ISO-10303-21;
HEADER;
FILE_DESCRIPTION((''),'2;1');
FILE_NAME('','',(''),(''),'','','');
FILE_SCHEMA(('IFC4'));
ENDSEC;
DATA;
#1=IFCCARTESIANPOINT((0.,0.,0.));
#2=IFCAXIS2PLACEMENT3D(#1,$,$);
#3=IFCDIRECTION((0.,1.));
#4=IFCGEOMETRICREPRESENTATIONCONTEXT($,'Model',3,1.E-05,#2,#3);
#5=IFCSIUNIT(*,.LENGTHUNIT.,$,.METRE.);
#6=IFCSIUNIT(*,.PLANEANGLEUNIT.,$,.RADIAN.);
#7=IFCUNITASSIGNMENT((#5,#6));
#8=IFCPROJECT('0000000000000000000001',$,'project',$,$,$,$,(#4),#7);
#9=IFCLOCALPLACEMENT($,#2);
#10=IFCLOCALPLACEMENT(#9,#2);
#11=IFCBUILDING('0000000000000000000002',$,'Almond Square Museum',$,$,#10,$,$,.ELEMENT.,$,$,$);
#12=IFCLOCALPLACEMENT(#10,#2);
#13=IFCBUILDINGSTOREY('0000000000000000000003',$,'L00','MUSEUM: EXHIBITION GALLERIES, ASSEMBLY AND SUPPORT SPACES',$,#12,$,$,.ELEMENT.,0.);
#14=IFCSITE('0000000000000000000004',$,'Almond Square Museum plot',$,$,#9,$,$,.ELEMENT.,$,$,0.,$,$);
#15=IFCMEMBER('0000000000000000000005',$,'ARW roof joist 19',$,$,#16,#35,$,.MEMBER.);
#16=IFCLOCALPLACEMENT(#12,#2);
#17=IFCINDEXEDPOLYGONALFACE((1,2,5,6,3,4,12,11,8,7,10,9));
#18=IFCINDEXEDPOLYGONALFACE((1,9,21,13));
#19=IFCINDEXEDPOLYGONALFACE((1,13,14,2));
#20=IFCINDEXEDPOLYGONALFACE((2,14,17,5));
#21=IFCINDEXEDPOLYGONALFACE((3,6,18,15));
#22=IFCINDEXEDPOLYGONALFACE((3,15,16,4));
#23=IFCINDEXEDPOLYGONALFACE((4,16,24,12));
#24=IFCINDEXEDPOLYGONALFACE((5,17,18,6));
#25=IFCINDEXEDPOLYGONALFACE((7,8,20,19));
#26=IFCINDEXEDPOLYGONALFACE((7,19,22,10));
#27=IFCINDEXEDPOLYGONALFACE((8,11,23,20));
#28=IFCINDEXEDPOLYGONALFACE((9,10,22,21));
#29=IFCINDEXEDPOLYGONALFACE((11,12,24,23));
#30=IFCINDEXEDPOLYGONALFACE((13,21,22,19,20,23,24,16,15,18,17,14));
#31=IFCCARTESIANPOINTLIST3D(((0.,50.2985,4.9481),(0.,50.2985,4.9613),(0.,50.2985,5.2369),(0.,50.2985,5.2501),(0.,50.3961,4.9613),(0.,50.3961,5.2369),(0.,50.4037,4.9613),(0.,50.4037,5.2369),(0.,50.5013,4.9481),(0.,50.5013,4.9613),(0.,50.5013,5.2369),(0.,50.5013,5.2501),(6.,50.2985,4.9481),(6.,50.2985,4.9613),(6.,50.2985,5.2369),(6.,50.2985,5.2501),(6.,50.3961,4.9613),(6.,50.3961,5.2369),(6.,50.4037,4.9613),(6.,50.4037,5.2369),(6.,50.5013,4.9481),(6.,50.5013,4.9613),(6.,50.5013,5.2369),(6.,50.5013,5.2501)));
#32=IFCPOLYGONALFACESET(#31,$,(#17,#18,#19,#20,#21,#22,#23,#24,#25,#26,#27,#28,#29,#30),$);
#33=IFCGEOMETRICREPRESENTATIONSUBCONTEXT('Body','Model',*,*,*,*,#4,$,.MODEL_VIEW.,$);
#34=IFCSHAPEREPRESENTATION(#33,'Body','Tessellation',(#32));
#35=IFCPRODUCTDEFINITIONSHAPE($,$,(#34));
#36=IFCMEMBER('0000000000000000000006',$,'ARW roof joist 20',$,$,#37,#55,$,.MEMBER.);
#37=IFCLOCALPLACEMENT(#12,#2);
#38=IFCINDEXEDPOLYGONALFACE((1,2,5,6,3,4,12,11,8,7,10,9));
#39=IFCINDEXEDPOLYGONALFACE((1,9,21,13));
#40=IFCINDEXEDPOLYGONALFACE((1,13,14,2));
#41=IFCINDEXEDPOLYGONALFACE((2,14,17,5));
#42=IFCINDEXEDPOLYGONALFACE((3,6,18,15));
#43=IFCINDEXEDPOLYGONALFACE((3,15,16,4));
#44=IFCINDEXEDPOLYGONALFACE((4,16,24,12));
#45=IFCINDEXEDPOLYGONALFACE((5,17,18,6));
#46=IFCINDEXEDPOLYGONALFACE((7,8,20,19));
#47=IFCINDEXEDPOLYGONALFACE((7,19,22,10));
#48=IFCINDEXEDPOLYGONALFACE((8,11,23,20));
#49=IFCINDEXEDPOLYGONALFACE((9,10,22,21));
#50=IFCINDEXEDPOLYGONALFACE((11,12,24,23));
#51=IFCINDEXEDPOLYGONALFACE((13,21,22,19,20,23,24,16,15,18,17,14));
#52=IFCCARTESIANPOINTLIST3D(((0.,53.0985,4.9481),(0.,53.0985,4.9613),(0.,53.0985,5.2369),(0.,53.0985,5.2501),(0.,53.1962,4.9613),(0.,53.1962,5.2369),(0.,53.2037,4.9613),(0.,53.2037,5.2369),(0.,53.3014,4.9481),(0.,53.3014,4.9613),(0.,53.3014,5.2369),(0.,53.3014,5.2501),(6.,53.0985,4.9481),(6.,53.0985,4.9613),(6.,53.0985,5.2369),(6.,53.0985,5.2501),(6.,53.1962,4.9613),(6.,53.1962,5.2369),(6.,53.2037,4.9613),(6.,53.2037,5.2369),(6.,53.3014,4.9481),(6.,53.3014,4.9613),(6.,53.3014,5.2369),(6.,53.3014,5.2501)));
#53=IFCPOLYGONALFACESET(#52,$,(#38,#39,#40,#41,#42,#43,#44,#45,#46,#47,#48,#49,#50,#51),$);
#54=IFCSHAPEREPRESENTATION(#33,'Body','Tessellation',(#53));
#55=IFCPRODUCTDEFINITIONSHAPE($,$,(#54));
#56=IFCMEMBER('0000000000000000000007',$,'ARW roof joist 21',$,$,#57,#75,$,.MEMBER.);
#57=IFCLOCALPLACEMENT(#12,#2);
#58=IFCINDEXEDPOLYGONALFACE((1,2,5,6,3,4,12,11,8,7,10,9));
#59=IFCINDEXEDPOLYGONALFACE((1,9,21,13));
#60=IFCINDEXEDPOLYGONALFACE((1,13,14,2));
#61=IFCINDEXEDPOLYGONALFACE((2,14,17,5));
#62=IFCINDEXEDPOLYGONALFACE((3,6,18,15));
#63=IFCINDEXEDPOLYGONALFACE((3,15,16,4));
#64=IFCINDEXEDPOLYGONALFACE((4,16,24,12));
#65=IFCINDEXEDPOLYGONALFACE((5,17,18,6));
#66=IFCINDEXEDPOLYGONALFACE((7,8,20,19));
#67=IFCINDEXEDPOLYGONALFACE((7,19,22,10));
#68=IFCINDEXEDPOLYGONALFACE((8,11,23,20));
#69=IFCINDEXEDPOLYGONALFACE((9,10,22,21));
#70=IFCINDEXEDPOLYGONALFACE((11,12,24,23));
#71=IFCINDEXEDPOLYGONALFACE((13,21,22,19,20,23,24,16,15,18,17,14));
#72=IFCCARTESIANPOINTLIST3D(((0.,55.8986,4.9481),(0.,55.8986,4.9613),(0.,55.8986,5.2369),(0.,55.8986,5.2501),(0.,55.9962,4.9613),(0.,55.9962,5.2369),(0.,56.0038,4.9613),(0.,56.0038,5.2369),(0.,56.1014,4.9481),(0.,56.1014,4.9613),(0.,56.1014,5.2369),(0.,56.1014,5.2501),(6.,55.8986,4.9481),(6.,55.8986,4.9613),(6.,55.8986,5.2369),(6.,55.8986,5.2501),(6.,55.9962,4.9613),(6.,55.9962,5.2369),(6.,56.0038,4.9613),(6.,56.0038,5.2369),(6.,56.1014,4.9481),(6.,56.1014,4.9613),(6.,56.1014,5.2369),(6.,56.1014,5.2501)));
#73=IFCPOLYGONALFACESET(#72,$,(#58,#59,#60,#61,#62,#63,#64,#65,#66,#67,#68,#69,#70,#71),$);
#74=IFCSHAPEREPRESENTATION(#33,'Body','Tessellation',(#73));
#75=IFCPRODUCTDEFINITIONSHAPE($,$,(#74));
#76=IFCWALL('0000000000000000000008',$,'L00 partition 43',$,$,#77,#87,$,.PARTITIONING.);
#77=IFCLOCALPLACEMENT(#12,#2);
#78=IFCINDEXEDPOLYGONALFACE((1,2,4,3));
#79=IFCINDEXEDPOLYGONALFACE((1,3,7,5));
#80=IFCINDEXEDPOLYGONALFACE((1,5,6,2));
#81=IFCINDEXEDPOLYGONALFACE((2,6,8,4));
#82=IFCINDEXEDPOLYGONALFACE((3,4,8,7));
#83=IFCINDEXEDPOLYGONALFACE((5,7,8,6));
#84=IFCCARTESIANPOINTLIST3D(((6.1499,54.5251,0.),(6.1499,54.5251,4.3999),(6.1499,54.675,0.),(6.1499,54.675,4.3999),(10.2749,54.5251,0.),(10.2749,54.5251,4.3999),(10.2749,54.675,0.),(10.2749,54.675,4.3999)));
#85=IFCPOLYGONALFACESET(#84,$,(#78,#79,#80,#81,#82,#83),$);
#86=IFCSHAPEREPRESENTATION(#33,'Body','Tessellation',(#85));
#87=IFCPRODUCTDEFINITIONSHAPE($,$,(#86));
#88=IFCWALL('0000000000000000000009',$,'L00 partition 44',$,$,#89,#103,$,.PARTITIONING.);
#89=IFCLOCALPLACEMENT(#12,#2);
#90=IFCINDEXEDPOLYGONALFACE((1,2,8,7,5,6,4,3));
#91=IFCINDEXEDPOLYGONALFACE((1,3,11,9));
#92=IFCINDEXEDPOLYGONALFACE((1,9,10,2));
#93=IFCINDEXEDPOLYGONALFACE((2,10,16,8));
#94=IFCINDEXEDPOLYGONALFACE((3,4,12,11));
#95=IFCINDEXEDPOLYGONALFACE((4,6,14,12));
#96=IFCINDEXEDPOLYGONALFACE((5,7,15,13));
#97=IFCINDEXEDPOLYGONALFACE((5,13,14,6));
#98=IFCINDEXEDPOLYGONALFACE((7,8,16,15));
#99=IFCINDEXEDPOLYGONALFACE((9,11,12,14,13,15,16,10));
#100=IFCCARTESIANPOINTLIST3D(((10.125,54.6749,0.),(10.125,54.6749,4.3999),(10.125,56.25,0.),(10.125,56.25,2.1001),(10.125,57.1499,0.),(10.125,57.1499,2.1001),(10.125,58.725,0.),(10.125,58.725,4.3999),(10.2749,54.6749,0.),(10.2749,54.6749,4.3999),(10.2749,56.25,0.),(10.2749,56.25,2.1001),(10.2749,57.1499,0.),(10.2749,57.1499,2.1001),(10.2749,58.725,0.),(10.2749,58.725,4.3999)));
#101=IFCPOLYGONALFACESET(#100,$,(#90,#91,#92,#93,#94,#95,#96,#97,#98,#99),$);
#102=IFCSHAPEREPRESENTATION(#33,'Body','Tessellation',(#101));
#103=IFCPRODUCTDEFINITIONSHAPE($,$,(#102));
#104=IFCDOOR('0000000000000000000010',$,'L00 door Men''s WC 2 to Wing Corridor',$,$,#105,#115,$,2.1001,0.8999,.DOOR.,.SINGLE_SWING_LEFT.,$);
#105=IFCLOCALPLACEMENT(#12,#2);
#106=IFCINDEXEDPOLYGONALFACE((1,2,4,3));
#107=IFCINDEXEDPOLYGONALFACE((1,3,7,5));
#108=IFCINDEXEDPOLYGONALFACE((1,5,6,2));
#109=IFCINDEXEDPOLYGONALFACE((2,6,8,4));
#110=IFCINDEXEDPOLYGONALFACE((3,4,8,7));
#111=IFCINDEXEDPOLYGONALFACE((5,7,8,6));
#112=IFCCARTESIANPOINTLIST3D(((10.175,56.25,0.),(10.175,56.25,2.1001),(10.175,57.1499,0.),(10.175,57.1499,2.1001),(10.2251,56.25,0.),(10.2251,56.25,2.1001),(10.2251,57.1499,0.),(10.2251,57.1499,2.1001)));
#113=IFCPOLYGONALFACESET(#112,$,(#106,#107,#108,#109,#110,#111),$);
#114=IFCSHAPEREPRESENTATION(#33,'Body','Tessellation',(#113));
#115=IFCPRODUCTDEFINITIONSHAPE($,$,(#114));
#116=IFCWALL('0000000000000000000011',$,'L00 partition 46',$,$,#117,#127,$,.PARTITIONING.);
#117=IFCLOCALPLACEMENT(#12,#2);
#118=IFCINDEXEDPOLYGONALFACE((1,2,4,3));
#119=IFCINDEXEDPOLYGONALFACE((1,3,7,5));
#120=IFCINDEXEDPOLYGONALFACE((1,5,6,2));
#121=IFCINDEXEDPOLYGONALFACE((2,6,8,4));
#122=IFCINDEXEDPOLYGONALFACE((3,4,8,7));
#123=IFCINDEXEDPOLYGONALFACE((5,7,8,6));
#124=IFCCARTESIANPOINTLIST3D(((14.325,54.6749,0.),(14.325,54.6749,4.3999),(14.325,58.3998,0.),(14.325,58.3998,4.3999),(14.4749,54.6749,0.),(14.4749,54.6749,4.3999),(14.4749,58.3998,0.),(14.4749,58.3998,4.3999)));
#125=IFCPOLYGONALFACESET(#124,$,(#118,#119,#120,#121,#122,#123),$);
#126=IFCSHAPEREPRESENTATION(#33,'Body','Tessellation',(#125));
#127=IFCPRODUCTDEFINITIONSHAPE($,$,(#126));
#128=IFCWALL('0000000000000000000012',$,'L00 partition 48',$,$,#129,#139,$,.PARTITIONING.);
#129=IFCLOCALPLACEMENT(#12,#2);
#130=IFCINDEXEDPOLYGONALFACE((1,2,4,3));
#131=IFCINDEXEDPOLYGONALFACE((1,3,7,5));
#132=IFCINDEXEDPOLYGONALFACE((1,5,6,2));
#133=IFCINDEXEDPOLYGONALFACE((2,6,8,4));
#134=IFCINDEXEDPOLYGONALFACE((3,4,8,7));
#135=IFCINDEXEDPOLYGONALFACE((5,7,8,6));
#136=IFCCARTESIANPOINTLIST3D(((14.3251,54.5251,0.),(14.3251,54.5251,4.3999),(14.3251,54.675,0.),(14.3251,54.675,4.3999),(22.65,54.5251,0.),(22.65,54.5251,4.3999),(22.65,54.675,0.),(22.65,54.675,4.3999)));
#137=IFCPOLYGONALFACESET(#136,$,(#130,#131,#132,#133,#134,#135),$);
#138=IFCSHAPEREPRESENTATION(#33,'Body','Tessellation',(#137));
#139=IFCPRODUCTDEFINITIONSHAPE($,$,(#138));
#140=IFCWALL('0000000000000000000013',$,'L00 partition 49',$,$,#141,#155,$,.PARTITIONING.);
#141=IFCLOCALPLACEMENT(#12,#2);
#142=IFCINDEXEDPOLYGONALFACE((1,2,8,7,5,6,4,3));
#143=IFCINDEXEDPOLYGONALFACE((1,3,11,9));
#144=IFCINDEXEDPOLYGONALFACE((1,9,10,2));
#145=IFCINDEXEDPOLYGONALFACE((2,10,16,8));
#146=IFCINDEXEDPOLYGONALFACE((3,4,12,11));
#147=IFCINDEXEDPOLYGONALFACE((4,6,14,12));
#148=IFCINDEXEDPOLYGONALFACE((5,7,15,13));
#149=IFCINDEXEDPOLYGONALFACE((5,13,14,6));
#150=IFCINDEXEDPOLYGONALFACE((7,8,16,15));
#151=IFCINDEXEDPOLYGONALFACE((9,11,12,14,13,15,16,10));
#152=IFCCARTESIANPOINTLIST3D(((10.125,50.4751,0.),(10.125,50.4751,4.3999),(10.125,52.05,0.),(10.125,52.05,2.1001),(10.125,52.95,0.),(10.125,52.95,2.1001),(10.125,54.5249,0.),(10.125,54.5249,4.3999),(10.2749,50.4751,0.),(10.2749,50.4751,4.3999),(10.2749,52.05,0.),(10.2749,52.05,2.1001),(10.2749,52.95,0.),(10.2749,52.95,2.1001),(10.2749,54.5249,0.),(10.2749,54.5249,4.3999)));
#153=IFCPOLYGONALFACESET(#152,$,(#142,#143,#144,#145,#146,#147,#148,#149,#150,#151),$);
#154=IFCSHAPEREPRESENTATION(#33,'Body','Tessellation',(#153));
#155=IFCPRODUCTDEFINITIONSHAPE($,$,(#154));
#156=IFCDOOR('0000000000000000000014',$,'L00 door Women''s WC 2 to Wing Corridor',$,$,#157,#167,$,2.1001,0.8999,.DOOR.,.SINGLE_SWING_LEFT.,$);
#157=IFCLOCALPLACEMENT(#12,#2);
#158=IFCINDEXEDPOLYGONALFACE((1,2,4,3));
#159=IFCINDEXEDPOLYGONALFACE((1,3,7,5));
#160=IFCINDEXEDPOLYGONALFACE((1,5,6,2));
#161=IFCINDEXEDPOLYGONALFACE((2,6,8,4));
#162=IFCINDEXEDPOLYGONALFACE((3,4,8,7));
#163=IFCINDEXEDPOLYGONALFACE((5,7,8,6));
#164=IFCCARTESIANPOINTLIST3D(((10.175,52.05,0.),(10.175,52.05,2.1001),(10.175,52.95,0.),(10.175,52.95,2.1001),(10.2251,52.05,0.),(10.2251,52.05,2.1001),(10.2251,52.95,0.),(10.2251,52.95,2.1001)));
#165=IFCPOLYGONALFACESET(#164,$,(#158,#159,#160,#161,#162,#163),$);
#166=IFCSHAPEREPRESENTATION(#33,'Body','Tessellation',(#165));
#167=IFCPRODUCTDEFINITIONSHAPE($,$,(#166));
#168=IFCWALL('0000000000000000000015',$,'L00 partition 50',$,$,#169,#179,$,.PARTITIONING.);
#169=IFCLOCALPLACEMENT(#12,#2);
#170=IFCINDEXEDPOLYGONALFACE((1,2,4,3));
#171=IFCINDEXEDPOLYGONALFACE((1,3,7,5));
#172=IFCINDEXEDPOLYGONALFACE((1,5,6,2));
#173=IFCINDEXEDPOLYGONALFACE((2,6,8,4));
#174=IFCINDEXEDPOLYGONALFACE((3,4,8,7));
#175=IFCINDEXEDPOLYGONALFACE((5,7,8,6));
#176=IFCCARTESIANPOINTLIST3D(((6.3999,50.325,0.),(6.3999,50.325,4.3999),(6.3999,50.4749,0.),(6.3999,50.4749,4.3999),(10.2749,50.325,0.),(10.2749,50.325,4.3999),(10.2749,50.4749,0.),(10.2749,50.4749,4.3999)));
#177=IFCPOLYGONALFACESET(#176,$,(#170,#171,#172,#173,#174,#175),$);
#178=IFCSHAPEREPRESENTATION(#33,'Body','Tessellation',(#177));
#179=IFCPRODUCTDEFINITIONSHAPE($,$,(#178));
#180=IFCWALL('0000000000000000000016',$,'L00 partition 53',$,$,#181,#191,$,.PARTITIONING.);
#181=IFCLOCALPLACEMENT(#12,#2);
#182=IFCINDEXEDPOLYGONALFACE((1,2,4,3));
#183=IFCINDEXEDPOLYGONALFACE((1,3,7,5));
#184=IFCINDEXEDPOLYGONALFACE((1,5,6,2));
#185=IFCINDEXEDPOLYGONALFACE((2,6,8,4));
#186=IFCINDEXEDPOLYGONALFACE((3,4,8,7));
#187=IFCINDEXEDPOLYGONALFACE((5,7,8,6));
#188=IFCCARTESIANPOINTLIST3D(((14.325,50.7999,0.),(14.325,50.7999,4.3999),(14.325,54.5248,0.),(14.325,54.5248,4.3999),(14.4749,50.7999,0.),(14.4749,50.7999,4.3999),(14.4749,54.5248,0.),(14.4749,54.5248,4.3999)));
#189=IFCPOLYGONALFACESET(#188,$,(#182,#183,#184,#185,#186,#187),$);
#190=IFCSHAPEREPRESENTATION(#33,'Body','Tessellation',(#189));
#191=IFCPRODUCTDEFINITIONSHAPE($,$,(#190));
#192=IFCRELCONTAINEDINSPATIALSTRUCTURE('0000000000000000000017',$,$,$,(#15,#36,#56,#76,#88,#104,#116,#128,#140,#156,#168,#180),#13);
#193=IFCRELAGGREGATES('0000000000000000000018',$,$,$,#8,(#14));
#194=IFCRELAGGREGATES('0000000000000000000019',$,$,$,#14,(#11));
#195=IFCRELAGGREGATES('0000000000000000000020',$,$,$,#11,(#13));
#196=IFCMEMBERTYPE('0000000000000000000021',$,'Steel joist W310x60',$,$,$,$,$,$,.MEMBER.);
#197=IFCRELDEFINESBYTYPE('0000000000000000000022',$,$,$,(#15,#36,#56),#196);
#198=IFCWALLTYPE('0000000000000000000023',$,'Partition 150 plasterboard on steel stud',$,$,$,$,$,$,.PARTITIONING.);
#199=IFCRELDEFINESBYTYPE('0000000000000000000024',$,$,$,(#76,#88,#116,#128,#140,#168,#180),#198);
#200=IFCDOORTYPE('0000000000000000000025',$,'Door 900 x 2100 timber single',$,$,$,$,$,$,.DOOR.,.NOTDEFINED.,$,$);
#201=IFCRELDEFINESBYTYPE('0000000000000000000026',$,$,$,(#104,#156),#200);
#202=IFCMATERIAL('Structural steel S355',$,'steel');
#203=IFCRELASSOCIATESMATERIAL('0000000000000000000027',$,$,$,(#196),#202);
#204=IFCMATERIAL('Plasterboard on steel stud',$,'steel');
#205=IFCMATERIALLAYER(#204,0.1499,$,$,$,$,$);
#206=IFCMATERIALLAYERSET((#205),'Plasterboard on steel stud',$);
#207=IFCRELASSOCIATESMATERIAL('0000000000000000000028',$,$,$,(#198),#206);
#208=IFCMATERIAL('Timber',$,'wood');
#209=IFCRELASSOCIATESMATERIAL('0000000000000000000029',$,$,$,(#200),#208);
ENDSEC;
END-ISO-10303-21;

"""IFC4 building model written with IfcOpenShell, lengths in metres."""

from ifc_helpers import new_model, si_unit, direction, frame, frame_2d, origin, origin_2d, place, context, subcontext, project, spatial, rectangle, i_section, extrude, material, layer, layer_set, material_profile, profile_set, type_object, element, fill, save


model = new_model("IFC4")

# Units and contexts
model_context = context("Model", 3, precision=1e-05, world=origin(), true_north=direction((0.0, 1.0)))
body_context = subcontext(model_context, "Body", "Model", "MODEL_VIEW")
ifc_project = project(units=[si_unit("LENGTHUNIT", "METRE"), si_unit("PLANEANGLEUNIT", "RADIAN")], contexts=[model_context])

# Site, building, storey
site_placement = place(None, origin())
site = spatial("IfcSite", under=ifc_project, at=site_placement, Name="Almond Square Museum plot", CompositionType="ELEMENT", RefElevation=0.0)
building_placement = place(site_placement, origin())
building = spatial("IfcBuilding", under=site, at=building_placement, Name="Almond Square Museum", CompositionType="ELEMENT")
storey_placement = place(building_placement, origin())
storey = spatial("IfcBuildingStorey", under=building, at=storey_placement, Name="L00", Description="MUSEUM: EXHIBITION GALLERIES, ASSEMBLY AND SUPPORT SPACES", CompositionType="ELEMENT", Elevation=0.0)

# Members
ifc_material_1 = material(Name="Structural steel S355", Category="steel")
ifc_material_profile_1 = material_profile(ifc_material_1, i_section(OverallWidth=0.2029, OverallDepth=0.302, WebThickness=0.0076, FlangeThickness=0.0132, at=origin_2d()))
ifc_profile_set_1 = profile_set([ifc_material_profile_1], Name="Structural steel S355")
member_type = type_object("IfcMemberType", Name="Steel joist W310x60", PredefinedType="MEMBER", material=ifc_profile_set_1)
for number, where, z_axis, x_axis, name in (
    (1, (6.0, 50.3999, 5.0991), (-1.0, 0.0, 0.0), (0.0, -1.0, 0.0), "ARW roof joist 19"),
    (2, (6.0, 53.2, 5.0991), (-1.0, 0.0, 0.0), (0.0, -1.0, 0.0), "ARW roof joist 20"),
    (3, (6.0, 56.0, 5.0991), (-1.0, 0.0, 0.0), (0.0, -1.0, 0.0), "ARW roof joist 21"),
):
    element("IfcMember", number, at=place(storey_placement, frame(where, z_axis=z_axis, x_axis=x_axis)), inside=storey, type_object=member_type, Name=name, PredefinedType="MEMBER", context=body_context, shape_type="SweptSolid", body=[
        extrude(i_section(OverallWidth=0.2029, OverallDepth=0.302, WebThickness=0.0076, FlangeThickness=0.0132, at=origin_2d()), origin(), (0.0, 0.0, 1.0), 6.0),
    ])

# Wall
ifc_material_2 = material(Name="Plasterboard on steel stud", Category="steel")
ifc_layer_1 = layer(ifc_material_2, 0.1499)
ifc_layer_set_1 = layer_set([ifc_layer_1], Name="Plasterboard on steel stud")
wall_type_1 = type_object("IfcWallType", Name="Partition 150 plasterboard on steel stud", PredefinedType="PARTITIONING", material=ifc_layer_set_1)
wall_1_placement = place(storey_placement, frame((6.1499, 54.6001, 0.0), z_axis=(0.0, 0.0, 1.0), x_axis=(1.0, 0.0, 0.0)))
element("IfcWall", 4, at=wall_1_placement, inside=storey, type_object=wall_type_1, Name="L00 partition 43", PredefinedType="PARTITIONING", context=body_context, shape_type="SweptSolid", body=[
    extrude(rectangle(XDim=4.125, YDim=0.1499, at=frame_2d((2.0625, 0.0))), origin(), (0.0, 0.0, 1.0), 4.3999),
])

# Wall, opening, door
wall_2_placement = place(storey_placement, frame((10.2, 54.675, 0.0), z_axis=(0.0, 0.0, 1.0), x_axis=(0.0, 1.0, 0.0)))
wall_2 = element("IfcWall", 5, at=wall_2_placement, inside=storey, type_object=wall_type_1, Name="L00 partition 44", PredefinedType="PARTITIONING", context=body_context, shape_type="SweptSolid", body=[
    extrude(rectangle(XDim=4.05, YDim=0.1499, at=frame_2d((2.0249, 0.0))), origin(), (0.0, 0.0, 1.0), 4.3999),
])
opening_1_placement = place(wall_2_placement, frame((1.575, 0.0, 0.0)))
opening_1 = element("IfcOpeningElement", 6, at=opening_1_placement, cuts=wall_2, PredefinedType="OPENING", context=body_context, shape_type="SweptSolid", body=[
    extrude(rectangle(XDim=0.8999, YDim=2.1001, at=frame_2d((0.45, 1.05))), frame((0.0, 0.085, 0.0), z_axis=(0.0, -1.0, 0.0), x_axis=(1.0, 0.0, 0.0)), (0.0, 0.0, 1.0), 0.1699),
])
ifc_material_3 = material(Name="Timber", Category="wood")
door_type = type_object("IfcDoorType", Name="Door 900 x 2100 timber single", OperationType="NOTDEFINED", PredefinedType="DOOR", material=ifc_material_3)
door_1_placement = place(opening_1_placement, origin())
door_1 = element("IfcDoor", 7, at=door_1_placement, inside=storey, type_object=door_type, Name="L00 door Men's WC 2 to Wing Corridor", OperationType="SINGLE_SWING_LEFT", OverallHeight=2.1001, OverallWidth=0.8999, PredefinedType="DOOR", context=body_context, shape_type="SweptSolid", body=[
    extrude(rectangle(XDim=0.8999, YDim=2.1001, at=frame_2d((0.45, 1.05))), frame((0.0, 0.0249, 0.0), z_axis=(0.0, -1.0, 0.0), x_axis=(1.0, 0.0, 0.0)), (0.0, 0.0, 1.0), 0.05),
])
fill(opening_1, door_1)

# Walls
wall_3_placement = place(storey_placement, frame((14.3999, 54.675, 0.0), z_axis=(0.0, 0.0, 1.0), x_axis=(0.0, 1.0, 0.0)))
element("IfcWall", 8, at=wall_3_placement, inside=storey, type_object=wall_type_1, Name="L00 partition 46", PredefinedType="PARTITIONING", context=body_context, shape_type="SweptSolid", body=[
    extrude(rectangle(XDim=3.7249, YDim=0.1499, at=frame_2d((1.8623, 0.0))), origin(), (0.0, 0.0, 1.0), 4.3999),
])
wall_4_placement = place(storey_placement, frame((14.325, 54.6001, 0.0), z_axis=(0.0, 0.0, 1.0), x_axis=(1.0, 0.0, 0.0)))
element("IfcWall", 9, at=wall_4_placement, inside=storey, type_object=wall_type_1, Name="L00 partition 48", PredefinedType="PARTITIONING", context=body_context, shape_type="SweptSolid", body=[
    extrude(rectangle(XDim=8.325, YDim=0.1499, at=frame_2d((4.1626, 0.0))), origin(), (0.0, 0.0, 1.0), 4.3999),
])

# Wall, opening, door
wall_5_placement = place(storey_placement, frame((10.2, 50.4751, 0.0), z_axis=(0.0, 0.0, 1.0), x_axis=(0.0, 1.0, 0.0)))
wall_5 = element("IfcWall", 10, at=wall_5_placement, inside=storey, type_object=wall_type_1, Name="L00 partition 49", PredefinedType="PARTITIONING", context=body_context, shape_type="SweptSolid", body=[
    extrude(rectangle(XDim=4.0498, YDim=0.1499, at=frame_2d((2.0249, 0.0))), origin(), (0.0, 0.0, 1.0), 4.3999),
])
opening_2_placement = place(wall_5_placement, frame((1.575, 0.0, 0.0)))
opening_2 = element("IfcOpeningElement", 11, at=opening_2_placement, cuts=wall_5, PredefinedType="OPENING", context=body_context, shape_type="SweptSolid", body=[
    extrude(rectangle(XDim=0.8999, YDim=2.1001, at=frame_2d((0.45, 1.05))), frame((0.0, 0.085, 0.0), z_axis=(0.0, -1.0, 0.0), x_axis=(1.0, 0.0, 0.0)), (0.0, 0.0, 1.0), 0.1699),
])
door_2_placement = place(opening_2_placement, origin())
door_2 = element("IfcDoor", 12, at=door_2_placement, inside=storey, type_object=door_type, Name="L00 door Women's WC 2 to Wing Corridor", OperationType="SINGLE_SWING_LEFT", OverallHeight=2.1001, OverallWidth=0.8999, PredefinedType="DOOR", context=body_context, shape_type="SweptSolid", body=[
    extrude(rectangle(XDim=0.8999, YDim=2.1001, at=frame_2d((0.45, 1.05))), frame((0.0, 0.0249, 0.0), z_axis=(0.0, -1.0, 0.0), x_axis=(1.0, 0.0, 0.0)), (0.0, 0.0, 1.0), 0.05),
])
fill(opening_2, door_2)

# Walls
wall_6_placement = place(storey_placement, frame((6.3999, 50.3999, 0.0), z_axis=(0.0, 0.0, 1.0), x_axis=(1.0, 0.0, 0.0)))
element("IfcWall", 13, at=wall_6_placement, inside=storey, type_object=wall_type_1, Name="L00 partition 50", PredefinedType="PARTITIONING", context=body_context, shape_type="SweptSolid", body=[
    extrude(rectangle(XDim=3.875, YDim=0.1499, at=frame_2d((1.9375, 0.0))), origin(), (0.0, 0.0, 1.0), 4.3999),
])
wall_7_placement = place(storey_placement, frame((14.3999, 50.8, 0.0), z_axis=(0.0, 0.0, 1.0), x_axis=(0.0, 1.0, 0.0)))
element("IfcWall", 14, at=wall_7_placement, inside=storey, type_object=wall_type_1, Name="L00 partition 53", PredefinedType="PARTITIONING", context=body_context, shape_type="SweptSolid", body=[
    extrude(rectangle(XDim=3.7249, YDim=0.1499, at=frame_2d((1.8623, 0.0))), origin(), (0.0, 0.0, 1.0), 4.3999),
])

save(model, "model.ifc")
